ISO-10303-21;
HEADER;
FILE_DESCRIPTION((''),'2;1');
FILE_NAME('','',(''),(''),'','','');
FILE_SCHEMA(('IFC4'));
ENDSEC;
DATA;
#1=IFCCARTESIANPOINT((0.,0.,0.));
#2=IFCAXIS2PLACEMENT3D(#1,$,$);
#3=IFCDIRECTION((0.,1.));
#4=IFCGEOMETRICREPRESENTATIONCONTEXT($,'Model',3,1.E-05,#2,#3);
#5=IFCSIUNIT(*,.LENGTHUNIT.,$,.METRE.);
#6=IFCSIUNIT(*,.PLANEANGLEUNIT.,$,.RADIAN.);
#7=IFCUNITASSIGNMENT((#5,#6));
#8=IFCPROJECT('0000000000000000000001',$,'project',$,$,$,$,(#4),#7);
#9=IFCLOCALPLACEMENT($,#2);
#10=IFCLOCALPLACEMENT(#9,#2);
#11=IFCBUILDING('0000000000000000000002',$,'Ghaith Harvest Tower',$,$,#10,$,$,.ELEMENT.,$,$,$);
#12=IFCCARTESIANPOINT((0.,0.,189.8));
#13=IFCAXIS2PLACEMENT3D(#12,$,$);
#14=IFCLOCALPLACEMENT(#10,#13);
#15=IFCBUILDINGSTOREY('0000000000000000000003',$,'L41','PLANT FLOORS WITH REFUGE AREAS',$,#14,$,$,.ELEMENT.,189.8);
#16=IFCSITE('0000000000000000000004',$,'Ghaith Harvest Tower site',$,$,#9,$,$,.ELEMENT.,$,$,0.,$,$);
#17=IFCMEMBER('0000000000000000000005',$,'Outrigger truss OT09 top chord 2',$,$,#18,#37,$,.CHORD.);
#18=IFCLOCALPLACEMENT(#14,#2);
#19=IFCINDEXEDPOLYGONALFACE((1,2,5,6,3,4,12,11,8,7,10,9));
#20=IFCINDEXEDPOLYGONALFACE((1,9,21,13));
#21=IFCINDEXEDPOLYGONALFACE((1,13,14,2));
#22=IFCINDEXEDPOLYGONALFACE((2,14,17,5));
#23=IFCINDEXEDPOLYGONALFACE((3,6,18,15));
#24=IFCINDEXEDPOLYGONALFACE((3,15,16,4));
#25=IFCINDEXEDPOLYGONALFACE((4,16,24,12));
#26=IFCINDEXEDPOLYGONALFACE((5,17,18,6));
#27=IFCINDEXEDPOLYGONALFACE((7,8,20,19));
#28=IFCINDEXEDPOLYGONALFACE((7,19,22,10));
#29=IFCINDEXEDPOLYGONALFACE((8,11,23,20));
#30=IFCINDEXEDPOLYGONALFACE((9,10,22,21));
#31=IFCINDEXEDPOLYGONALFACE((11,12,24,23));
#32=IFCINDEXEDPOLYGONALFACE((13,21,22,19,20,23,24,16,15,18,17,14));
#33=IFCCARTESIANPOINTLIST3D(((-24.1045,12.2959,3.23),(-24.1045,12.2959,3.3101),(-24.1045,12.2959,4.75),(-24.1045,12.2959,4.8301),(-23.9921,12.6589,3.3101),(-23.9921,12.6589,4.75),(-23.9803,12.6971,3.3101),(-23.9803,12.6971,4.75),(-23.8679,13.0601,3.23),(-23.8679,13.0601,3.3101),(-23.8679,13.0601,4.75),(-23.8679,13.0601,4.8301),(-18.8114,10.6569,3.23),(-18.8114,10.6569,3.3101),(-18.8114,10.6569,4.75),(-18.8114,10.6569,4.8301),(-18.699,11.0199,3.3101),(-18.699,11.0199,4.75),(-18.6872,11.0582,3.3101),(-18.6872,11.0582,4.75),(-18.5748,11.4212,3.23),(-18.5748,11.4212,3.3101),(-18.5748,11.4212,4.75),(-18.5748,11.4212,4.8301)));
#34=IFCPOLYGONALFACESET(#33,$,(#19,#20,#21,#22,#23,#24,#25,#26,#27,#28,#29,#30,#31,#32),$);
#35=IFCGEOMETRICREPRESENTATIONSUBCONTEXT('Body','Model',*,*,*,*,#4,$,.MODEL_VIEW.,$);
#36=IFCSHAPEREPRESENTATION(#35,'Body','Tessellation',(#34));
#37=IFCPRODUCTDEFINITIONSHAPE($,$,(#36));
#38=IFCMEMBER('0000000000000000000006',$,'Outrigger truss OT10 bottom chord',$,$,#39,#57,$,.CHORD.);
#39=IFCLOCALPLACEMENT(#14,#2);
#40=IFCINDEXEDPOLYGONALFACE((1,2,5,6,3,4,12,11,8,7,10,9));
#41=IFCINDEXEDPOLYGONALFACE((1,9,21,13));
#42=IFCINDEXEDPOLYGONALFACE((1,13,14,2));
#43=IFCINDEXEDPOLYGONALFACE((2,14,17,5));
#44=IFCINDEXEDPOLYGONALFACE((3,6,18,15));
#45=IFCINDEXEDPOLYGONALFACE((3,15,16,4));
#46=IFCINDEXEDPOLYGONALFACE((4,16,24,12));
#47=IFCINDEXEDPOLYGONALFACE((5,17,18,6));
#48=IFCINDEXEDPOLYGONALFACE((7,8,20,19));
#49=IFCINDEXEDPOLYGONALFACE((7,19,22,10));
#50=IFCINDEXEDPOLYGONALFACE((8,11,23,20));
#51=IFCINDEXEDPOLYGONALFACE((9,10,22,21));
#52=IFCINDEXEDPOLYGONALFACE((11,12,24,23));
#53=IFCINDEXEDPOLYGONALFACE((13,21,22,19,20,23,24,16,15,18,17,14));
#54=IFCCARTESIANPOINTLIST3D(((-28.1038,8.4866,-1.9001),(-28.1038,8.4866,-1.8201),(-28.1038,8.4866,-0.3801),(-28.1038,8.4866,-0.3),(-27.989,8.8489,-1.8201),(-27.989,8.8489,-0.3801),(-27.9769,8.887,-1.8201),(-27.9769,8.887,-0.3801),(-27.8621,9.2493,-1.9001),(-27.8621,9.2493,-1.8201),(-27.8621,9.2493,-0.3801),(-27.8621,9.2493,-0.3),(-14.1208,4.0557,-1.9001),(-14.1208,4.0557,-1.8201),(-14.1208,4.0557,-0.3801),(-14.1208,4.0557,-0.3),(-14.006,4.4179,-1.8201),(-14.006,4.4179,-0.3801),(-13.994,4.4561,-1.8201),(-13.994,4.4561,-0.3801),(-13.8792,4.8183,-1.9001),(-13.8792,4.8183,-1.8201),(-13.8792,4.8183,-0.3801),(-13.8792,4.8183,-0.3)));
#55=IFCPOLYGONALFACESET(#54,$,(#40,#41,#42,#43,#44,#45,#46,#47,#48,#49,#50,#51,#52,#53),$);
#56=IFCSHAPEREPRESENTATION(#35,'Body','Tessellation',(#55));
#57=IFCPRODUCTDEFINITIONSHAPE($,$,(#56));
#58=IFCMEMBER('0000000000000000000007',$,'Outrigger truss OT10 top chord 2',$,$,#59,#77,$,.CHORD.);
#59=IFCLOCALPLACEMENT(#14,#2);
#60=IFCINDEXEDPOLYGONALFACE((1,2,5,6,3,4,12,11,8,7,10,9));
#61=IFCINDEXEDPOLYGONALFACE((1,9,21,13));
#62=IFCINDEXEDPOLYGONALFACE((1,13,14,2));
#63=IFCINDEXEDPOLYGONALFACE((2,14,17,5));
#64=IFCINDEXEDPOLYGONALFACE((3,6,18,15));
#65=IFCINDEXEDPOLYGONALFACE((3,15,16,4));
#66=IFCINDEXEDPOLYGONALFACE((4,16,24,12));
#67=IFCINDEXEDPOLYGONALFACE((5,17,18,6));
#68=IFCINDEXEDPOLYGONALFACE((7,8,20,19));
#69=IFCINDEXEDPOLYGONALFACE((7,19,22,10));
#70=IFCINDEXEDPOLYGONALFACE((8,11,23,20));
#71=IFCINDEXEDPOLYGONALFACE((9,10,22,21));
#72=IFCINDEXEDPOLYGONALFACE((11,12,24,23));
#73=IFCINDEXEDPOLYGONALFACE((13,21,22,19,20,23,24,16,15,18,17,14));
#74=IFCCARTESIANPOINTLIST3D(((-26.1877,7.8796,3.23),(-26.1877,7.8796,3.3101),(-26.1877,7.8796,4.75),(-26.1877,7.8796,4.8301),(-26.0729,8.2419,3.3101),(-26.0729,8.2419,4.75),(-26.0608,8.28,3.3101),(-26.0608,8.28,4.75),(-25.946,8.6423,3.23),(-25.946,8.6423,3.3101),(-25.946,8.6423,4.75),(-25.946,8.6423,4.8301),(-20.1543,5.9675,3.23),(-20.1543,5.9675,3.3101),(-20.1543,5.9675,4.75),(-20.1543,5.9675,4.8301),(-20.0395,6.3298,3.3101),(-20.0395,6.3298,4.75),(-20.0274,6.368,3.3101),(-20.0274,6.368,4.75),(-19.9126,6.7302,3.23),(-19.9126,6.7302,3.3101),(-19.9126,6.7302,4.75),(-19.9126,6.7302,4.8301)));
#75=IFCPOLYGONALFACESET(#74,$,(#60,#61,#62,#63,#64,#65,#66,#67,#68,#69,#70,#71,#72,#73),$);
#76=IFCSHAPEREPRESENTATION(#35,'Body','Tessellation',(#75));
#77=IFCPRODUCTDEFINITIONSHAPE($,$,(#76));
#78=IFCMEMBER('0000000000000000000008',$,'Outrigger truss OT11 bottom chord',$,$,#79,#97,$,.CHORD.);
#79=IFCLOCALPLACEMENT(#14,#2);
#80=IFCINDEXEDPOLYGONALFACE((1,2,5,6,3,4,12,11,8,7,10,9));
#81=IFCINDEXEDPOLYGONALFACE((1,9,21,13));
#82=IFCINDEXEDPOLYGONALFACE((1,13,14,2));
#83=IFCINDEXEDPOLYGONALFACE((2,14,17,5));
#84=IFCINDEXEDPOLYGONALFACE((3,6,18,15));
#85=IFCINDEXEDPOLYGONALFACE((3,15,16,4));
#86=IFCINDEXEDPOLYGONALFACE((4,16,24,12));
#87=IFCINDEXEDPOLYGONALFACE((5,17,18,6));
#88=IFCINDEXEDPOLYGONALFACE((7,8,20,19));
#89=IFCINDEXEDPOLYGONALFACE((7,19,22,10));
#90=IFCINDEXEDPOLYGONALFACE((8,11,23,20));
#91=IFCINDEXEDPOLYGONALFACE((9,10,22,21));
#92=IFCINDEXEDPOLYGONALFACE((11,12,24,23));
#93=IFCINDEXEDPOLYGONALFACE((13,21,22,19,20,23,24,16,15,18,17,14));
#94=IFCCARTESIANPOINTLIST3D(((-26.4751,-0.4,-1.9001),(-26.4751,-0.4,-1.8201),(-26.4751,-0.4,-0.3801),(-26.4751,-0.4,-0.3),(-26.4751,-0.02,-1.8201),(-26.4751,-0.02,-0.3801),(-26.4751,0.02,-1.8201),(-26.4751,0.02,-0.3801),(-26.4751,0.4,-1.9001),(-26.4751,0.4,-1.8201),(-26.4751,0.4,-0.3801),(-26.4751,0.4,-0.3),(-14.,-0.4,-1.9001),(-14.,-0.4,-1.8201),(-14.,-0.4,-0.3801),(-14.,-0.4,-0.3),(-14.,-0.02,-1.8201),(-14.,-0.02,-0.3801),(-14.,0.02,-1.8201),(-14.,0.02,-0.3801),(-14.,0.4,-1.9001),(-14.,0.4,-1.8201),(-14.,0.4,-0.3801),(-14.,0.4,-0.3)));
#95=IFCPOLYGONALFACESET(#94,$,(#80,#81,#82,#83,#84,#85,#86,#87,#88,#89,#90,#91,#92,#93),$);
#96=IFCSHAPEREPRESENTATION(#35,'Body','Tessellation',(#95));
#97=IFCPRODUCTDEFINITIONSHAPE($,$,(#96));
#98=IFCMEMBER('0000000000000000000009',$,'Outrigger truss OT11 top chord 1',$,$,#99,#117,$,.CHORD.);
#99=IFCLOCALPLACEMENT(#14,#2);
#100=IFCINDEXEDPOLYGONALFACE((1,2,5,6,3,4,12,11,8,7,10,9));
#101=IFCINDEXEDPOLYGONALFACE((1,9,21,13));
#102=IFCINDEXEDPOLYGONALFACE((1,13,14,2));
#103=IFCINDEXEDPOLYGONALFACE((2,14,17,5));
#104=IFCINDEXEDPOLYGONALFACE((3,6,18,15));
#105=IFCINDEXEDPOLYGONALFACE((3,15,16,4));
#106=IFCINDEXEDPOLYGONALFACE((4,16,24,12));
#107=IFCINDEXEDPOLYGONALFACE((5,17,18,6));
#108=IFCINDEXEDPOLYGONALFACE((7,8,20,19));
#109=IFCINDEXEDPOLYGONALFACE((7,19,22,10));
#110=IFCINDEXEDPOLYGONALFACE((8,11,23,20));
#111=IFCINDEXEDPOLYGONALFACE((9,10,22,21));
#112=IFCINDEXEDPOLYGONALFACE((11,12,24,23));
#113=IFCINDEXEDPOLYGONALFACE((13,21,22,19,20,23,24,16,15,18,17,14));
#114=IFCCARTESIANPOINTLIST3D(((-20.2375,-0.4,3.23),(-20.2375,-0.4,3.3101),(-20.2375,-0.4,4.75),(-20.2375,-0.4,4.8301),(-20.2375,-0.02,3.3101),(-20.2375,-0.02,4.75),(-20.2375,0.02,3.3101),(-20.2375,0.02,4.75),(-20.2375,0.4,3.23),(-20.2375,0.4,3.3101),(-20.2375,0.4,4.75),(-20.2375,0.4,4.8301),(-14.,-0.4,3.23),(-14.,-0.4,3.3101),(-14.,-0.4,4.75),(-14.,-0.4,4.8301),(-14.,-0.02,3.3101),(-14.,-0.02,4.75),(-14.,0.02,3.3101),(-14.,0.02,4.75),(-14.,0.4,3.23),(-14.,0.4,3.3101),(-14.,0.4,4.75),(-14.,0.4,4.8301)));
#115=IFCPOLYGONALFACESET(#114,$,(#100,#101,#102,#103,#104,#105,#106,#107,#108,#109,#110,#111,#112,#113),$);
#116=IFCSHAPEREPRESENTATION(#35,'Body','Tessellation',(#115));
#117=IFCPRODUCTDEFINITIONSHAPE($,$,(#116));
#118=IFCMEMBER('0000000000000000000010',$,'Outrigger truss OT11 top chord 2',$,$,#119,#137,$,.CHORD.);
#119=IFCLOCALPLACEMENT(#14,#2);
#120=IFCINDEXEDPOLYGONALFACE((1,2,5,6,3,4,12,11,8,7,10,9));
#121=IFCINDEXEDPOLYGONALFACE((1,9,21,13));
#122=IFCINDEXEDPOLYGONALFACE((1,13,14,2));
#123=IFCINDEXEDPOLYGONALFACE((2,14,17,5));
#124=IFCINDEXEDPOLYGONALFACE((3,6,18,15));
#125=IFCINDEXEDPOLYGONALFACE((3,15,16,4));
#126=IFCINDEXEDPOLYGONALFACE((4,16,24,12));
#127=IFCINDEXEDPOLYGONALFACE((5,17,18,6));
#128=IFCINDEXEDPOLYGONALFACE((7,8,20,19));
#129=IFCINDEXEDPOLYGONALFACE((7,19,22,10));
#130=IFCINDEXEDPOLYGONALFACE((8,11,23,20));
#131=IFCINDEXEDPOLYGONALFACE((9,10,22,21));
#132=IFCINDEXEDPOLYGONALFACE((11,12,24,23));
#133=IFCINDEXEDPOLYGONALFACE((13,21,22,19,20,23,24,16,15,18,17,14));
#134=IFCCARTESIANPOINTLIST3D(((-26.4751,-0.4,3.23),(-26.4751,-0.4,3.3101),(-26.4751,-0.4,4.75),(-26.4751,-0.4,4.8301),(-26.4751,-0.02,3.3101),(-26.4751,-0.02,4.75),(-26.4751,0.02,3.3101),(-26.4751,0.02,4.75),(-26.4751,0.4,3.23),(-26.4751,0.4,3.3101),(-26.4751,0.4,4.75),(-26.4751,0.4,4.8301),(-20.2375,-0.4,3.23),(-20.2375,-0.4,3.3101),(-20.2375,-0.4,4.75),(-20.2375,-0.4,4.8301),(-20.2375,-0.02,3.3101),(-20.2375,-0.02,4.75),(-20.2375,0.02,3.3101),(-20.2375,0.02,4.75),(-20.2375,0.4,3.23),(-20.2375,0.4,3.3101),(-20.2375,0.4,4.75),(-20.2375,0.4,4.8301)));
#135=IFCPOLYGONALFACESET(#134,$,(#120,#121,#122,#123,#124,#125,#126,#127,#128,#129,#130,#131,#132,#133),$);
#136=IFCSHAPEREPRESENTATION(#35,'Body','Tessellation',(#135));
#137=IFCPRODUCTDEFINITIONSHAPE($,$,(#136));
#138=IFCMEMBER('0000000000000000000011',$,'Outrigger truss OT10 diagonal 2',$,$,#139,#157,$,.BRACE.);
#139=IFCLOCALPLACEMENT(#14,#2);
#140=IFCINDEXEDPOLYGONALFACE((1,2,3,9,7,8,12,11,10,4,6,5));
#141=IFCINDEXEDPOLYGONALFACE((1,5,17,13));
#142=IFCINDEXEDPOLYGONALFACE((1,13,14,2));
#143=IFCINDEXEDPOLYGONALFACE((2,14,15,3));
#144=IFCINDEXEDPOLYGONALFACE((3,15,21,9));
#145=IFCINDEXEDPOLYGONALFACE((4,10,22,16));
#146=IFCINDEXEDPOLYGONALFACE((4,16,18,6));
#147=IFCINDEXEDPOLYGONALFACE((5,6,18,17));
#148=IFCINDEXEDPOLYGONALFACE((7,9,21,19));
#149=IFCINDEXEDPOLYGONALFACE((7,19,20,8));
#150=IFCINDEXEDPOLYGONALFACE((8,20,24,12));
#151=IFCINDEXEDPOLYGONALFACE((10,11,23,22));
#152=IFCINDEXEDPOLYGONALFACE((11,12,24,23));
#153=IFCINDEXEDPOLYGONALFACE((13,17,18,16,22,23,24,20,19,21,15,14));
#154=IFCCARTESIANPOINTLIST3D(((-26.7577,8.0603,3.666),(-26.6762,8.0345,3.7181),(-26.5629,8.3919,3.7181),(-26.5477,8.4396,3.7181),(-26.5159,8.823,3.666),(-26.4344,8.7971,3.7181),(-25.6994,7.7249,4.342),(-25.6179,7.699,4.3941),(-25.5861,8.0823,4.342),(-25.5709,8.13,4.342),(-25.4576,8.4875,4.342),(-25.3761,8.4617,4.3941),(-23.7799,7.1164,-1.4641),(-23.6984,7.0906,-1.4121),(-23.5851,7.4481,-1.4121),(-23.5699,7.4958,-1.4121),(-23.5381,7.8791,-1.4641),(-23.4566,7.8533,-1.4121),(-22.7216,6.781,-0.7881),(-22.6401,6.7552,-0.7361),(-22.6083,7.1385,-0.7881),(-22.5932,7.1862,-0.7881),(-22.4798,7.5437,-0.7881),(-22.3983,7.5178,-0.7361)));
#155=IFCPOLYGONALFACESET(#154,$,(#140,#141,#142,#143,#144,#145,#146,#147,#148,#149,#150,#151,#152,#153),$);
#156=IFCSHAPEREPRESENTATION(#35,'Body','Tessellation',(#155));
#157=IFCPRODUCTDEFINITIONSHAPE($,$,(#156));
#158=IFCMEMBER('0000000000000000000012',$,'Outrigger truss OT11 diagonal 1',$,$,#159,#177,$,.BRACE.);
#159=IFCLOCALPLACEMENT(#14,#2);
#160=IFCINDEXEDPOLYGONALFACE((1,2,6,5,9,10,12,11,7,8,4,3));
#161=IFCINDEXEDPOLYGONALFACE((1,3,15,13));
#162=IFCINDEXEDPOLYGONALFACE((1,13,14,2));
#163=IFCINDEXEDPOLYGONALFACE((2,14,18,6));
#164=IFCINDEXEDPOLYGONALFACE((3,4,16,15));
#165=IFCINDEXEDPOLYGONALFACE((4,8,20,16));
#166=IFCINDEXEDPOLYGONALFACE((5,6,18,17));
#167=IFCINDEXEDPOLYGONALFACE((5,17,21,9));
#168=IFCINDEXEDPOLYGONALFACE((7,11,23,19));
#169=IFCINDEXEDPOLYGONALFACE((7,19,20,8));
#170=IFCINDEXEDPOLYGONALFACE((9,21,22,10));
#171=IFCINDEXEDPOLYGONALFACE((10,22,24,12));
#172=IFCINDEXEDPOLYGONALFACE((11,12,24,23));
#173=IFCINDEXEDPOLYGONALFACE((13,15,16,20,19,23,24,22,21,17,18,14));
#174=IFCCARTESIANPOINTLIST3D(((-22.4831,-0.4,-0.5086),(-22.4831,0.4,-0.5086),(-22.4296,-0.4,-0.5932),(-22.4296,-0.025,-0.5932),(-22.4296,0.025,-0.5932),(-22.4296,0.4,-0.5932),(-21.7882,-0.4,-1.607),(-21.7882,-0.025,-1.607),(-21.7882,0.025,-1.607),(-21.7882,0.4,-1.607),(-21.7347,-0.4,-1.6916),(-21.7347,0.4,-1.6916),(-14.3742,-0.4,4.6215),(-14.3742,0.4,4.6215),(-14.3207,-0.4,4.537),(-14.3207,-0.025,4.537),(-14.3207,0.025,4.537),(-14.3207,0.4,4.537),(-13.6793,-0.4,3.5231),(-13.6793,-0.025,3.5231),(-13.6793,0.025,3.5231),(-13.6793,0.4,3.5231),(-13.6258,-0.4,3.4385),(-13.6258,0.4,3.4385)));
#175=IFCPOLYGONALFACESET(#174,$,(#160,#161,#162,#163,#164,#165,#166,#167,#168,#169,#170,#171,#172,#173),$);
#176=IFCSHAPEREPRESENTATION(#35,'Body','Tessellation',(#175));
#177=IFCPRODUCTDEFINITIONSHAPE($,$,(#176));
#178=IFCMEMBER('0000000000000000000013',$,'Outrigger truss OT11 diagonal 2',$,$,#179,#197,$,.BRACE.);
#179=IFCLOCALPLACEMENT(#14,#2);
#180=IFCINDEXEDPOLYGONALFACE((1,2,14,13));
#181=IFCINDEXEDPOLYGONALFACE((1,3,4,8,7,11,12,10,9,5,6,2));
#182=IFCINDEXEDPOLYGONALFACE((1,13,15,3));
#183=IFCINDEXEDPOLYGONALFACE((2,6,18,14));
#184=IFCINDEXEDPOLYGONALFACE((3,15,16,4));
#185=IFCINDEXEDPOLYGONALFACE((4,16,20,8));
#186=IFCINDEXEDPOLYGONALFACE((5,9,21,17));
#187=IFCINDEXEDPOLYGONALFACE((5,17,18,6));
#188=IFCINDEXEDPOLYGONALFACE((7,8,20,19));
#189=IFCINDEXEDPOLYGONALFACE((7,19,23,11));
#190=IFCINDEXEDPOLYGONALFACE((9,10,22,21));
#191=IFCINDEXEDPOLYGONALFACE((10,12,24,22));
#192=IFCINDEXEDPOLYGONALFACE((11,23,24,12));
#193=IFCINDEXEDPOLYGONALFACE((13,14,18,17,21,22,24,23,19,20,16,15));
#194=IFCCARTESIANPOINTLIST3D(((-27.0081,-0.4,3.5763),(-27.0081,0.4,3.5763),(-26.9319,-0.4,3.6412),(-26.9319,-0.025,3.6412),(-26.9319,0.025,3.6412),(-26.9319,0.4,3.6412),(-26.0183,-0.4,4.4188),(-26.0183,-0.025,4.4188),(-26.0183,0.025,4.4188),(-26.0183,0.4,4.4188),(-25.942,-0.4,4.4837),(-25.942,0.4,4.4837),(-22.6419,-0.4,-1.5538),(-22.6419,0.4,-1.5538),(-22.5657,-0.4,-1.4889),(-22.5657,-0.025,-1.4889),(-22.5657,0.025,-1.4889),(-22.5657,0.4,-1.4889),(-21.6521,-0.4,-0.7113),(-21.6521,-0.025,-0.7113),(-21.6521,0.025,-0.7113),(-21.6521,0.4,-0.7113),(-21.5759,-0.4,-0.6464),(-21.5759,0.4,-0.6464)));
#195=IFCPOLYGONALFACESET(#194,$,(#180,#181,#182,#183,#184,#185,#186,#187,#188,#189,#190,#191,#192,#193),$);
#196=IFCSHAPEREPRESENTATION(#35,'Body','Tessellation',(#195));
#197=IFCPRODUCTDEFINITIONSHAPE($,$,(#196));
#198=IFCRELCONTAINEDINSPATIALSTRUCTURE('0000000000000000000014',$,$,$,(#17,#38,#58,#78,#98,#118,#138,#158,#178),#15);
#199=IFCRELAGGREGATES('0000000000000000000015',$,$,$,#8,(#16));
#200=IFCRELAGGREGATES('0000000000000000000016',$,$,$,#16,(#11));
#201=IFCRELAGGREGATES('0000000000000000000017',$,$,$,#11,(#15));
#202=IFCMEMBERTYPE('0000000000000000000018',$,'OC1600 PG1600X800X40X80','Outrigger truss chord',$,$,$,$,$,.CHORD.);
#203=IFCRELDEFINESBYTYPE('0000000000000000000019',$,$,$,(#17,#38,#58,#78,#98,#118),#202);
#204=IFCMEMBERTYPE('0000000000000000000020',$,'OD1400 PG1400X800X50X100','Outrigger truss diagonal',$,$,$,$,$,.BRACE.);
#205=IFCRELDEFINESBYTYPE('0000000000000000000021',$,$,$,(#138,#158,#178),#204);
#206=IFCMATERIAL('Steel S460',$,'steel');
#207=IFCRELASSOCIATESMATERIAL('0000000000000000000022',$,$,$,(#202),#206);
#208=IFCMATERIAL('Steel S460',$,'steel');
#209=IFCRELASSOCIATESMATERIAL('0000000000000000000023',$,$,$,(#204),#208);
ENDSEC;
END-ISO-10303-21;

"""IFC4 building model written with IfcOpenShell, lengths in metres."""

from ifc_helpers import new_model, si_unit, direction, frame, origin, origin_2d, place, context, subcontext, project, spatial, i_section, extrude, material, material_profile, profile_set, type_object, element, save


model = new_model("IFC4")

# Units and contexts
model_context = context("Model", 3, precision=1e-05, world=origin(), true_north=direction((0.0, 1.0)))
body_context = subcontext(model_context, "Body", "Model", "MODEL_VIEW")
ifc_project = project(units=[si_unit("LENGTHUNIT", "METRE"), si_unit("PLANEANGLEUNIT", "RADIAN")], contexts=[model_context])

# Site, building, storey
site_placement = place(None, origin())
site = spatial("IfcSite", under=ifc_project, at=site_placement, Name="Ghaith Harvest Tower site", CompositionType="ELEMENT", RefElevation=0.0)
building_placement = place(site_placement, origin())
building = spatial("IfcBuilding", under=site, at=building_placement, Name="Ghaith Harvest Tower", CompositionType="ELEMENT")
storey_placement = place(building_placement, frame((0.0, 0.0, 189.8)))
storey = spatial("IfcBuildingStorey", under=building, at=storey_placement, Name="L41", Description="PLANT FLOORS WITH REFUGE AREAS", CompositionType="ELEMENT", Elevation=189.8)

# Members
ifc_material_1 = material(Name="Steel S460", Category="steel")
ifc_material_profile_1 = material_profile(ifc_material_1, i_section(OverallWidth=0.8, OverallDepth=1.6001, WebThickness=0.04, FlangeThickness=0.0801, at=origin_2d()), Name="PG1600X800X40X80")
ifc_profile_set_1 = profile_set([ifc_material_profile_1], Name="Steel S460")
member_type_1 = type_object("IfcMemberType", Name="OC1600 PG1600X800X40X80", Description="Outrigger truss chord", PredefinedType="CHORD", material=ifc_profile_set_1)
member_1_placement = place(storey_placement, frame((-18.6931, 11.0391, 4.03), z_axis=(-0.955254, 0.295785, 0.0), x_axis=(-0.295785, -0.955254, 0.0)))
element("IfcMember", 1, at=member_1_placement, inside=storey, type_object=member_type_1, Name="Outrigger truss OT09 top chord 2", PredefinedType="CHORD", context=body_context, shape_type="SweptSolid", body=[
    extrude(i_section(OverallWidth=0.8, OverallDepth=1.6001, WebThickness=0.04, FlangeThickness=0.0801, at=origin_2d()), origin(), (0.0, 0.0, 1.0), 5.541),
])
member_2_placement = place(storey_placement, frame((-14.0, 4.437, -1.1001), z_axis=(-0.953284, 0.302077, 0.0), x_axis=(-0.302077, -0.953284, 0.0)))
element("IfcMember", 2, at=member_2_placement, inside=storey, type_object=member_type_1, Name="Outrigger truss OT10 bottom chord", PredefinedType="CHORD", context=body_context, shape_type="SweptSolid", body=[
    extrude(i_section(OverallWidth=0.8, OverallDepth=1.6001, WebThickness=0.04, FlangeThickness=0.0801, at=origin_2d()), origin(), (0.0, 0.0, 1.0), 14.6682),
])
member_3_placement = place(storey_placement, frame((-20.0334, 6.3489, 4.03), z_axis=(-0.953273, 0.30211, 0.0), x_axis=(-0.30211, -0.953273, 0.0)))
element("IfcMember", 3, at=member_3_placement, inside=storey, type_object=member_type_1, Name="Outrigger truss OT10 top chord 2", PredefinedType="CHORD", context=body_context, shape_type="SweptSolid", body=[
    extrude(i_section(OverallWidth=0.8, OverallDepth=1.6001, WebThickness=0.04, FlangeThickness=0.0801, at=origin_2d()), origin(), (0.0, 0.0, 1.0), 6.3291),
])
member_4_placement = place(storey_placement, frame((-14.0, 0.0, -1.1001), z_axis=(-1.0, 0.0, 0.0), x_axis=(0.0, -1.0, 0.0)))
element("IfcMember", 4, at=member_4_placement, inside=storey, type_object=member_type_1, Name="Outrigger truss OT11 bottom chord", PredefinedType="CHORD", context=body_context, shape_type="SweptSolid", body=[
    extrude(i_section(OverallWidth=0.8, OverallDepth=1.6001, WebThickness=0.04, FlangeThickness=0.0801, at=origin_2d()), origin(), (0.0, 0.0, 1.0), 12.4751),
])
for number, where, z_axis, x_axis, name in (
    (5, (-14.0, 0.0, 4.03), (-1.0, 0.0, 0.0), (0.0, -1.0, 0.0), "Outrigger truss OT11 top chord 1"),
    (6, (-20.2375, 0.0, 4.03), (-1.0, 0.0, 0.0), (0.0, -1.0, 0.0), "Outrigger truss OT11 top chord 2"),
):
    element("IfcMember", number, at=place(storey_placement, frame(where, z_axis=z_axis, x_axis=x_axis)), inside=storey, type_object=member_type_1, Name=name, PredefinedType="CHORD", context=body_context, shape_type="SweptSolid", body=[
        extrude(i_section(OverallWidth=0.8, OverallDepth=1.6001, WebThickness=0.04, FlangeThickness=0.0801, at=origin_2d()), origin(), (0.0, 0.0, 1.0), 6.2375),
    ])
ifc_material_2 = material(Name="Steel S460", Category="steel")
ifc_material_profile_2 = material_profile(ifc_material_2, i_section(OverallWidth=0.8, OverallDepth=1.3999, WebThickness=0.05, FlangeThickness=0.1001, at=origin_2d()), Name="PG1400X800X50X100")
ifc_profile_set_2 = profile_set([ifc_material_profile_2], Name="Steel S460")
member_type_2 = type_object("IfcMemberType", Name="OD1400 PG1400X800X50X100", Description="Outrigger truss diagonal", PredefinedType="BRACE", material=ifc_profile_set_2)
member_5_placement = place(storey_placement, frame((-23.0891, 7.3171, -1.1001), z_axis=(-0.495772, 0.157142, 0.854117), x_axis=(-0.302149, -0.953261, 0.0)))
element("IfcMember", 7, at=member_5_placement, inside=storey, type_object=member_type_2, Name="Outrigger truss OT10 diagonal 2", PredefinedType="BRACE", context=body_context, shape_type="SweptSolid", body=[
    extrude(i_section(OverallWidth=0.8, OverallDepth=1.3999, WebThickness=0.05, FlangeThickness=0.1001, at=origin_2d()), origin(), (0.0, 0.0, 1.0), 6.0063),
])
member_6_placement = place(storey_placement, frame((-14.0, 0.0, 4.03), z_axis=(-0.845078, 0.0, -0.534643), x_axis=(0.0, -1.0, 0.0)))
element("IfcMember", 8, at=member_6_placement, inside=storey, type_object=member_type_2, Name="Outrigger truss OT11 diagonal 1", PredefinedType="BRACE", context=body_context, shape_type="SweptSolid", body=[
    extrude(i_section(OverallWidth=0.8, OverallDepth=1.3999, WebThickness=0.05, FlangeThickness=0.1001, at=origin_2d()), origin(), (0.0, 0.0, 1.0), 9.5955),
])
member_7_placement = place(storey_placement, frame((-22.1089, 0.0, -1.1001), z_axis=(-0.648131, 0.0, 0.761529), x_axis=(0.0, -1.0, 0.0)))
element("IfcMember", 9, at=member_7_placement, inside=storey, type_object=member_type_2, Name="Outrigger truss OT11 diagonal 2", PredefinedType="BRACE", context=body_context, shape_type="SweptSolid", body=[
    extrude(i_section(OverallWidth=0.8, OverallDepth=1.3999, WebThickness=0.05, FlangeThickness=0.1001, at=origin_2d()), origin(), (0.0, 0.0, 1.0), 6.7366),
])

save(model, "model.ifc")
